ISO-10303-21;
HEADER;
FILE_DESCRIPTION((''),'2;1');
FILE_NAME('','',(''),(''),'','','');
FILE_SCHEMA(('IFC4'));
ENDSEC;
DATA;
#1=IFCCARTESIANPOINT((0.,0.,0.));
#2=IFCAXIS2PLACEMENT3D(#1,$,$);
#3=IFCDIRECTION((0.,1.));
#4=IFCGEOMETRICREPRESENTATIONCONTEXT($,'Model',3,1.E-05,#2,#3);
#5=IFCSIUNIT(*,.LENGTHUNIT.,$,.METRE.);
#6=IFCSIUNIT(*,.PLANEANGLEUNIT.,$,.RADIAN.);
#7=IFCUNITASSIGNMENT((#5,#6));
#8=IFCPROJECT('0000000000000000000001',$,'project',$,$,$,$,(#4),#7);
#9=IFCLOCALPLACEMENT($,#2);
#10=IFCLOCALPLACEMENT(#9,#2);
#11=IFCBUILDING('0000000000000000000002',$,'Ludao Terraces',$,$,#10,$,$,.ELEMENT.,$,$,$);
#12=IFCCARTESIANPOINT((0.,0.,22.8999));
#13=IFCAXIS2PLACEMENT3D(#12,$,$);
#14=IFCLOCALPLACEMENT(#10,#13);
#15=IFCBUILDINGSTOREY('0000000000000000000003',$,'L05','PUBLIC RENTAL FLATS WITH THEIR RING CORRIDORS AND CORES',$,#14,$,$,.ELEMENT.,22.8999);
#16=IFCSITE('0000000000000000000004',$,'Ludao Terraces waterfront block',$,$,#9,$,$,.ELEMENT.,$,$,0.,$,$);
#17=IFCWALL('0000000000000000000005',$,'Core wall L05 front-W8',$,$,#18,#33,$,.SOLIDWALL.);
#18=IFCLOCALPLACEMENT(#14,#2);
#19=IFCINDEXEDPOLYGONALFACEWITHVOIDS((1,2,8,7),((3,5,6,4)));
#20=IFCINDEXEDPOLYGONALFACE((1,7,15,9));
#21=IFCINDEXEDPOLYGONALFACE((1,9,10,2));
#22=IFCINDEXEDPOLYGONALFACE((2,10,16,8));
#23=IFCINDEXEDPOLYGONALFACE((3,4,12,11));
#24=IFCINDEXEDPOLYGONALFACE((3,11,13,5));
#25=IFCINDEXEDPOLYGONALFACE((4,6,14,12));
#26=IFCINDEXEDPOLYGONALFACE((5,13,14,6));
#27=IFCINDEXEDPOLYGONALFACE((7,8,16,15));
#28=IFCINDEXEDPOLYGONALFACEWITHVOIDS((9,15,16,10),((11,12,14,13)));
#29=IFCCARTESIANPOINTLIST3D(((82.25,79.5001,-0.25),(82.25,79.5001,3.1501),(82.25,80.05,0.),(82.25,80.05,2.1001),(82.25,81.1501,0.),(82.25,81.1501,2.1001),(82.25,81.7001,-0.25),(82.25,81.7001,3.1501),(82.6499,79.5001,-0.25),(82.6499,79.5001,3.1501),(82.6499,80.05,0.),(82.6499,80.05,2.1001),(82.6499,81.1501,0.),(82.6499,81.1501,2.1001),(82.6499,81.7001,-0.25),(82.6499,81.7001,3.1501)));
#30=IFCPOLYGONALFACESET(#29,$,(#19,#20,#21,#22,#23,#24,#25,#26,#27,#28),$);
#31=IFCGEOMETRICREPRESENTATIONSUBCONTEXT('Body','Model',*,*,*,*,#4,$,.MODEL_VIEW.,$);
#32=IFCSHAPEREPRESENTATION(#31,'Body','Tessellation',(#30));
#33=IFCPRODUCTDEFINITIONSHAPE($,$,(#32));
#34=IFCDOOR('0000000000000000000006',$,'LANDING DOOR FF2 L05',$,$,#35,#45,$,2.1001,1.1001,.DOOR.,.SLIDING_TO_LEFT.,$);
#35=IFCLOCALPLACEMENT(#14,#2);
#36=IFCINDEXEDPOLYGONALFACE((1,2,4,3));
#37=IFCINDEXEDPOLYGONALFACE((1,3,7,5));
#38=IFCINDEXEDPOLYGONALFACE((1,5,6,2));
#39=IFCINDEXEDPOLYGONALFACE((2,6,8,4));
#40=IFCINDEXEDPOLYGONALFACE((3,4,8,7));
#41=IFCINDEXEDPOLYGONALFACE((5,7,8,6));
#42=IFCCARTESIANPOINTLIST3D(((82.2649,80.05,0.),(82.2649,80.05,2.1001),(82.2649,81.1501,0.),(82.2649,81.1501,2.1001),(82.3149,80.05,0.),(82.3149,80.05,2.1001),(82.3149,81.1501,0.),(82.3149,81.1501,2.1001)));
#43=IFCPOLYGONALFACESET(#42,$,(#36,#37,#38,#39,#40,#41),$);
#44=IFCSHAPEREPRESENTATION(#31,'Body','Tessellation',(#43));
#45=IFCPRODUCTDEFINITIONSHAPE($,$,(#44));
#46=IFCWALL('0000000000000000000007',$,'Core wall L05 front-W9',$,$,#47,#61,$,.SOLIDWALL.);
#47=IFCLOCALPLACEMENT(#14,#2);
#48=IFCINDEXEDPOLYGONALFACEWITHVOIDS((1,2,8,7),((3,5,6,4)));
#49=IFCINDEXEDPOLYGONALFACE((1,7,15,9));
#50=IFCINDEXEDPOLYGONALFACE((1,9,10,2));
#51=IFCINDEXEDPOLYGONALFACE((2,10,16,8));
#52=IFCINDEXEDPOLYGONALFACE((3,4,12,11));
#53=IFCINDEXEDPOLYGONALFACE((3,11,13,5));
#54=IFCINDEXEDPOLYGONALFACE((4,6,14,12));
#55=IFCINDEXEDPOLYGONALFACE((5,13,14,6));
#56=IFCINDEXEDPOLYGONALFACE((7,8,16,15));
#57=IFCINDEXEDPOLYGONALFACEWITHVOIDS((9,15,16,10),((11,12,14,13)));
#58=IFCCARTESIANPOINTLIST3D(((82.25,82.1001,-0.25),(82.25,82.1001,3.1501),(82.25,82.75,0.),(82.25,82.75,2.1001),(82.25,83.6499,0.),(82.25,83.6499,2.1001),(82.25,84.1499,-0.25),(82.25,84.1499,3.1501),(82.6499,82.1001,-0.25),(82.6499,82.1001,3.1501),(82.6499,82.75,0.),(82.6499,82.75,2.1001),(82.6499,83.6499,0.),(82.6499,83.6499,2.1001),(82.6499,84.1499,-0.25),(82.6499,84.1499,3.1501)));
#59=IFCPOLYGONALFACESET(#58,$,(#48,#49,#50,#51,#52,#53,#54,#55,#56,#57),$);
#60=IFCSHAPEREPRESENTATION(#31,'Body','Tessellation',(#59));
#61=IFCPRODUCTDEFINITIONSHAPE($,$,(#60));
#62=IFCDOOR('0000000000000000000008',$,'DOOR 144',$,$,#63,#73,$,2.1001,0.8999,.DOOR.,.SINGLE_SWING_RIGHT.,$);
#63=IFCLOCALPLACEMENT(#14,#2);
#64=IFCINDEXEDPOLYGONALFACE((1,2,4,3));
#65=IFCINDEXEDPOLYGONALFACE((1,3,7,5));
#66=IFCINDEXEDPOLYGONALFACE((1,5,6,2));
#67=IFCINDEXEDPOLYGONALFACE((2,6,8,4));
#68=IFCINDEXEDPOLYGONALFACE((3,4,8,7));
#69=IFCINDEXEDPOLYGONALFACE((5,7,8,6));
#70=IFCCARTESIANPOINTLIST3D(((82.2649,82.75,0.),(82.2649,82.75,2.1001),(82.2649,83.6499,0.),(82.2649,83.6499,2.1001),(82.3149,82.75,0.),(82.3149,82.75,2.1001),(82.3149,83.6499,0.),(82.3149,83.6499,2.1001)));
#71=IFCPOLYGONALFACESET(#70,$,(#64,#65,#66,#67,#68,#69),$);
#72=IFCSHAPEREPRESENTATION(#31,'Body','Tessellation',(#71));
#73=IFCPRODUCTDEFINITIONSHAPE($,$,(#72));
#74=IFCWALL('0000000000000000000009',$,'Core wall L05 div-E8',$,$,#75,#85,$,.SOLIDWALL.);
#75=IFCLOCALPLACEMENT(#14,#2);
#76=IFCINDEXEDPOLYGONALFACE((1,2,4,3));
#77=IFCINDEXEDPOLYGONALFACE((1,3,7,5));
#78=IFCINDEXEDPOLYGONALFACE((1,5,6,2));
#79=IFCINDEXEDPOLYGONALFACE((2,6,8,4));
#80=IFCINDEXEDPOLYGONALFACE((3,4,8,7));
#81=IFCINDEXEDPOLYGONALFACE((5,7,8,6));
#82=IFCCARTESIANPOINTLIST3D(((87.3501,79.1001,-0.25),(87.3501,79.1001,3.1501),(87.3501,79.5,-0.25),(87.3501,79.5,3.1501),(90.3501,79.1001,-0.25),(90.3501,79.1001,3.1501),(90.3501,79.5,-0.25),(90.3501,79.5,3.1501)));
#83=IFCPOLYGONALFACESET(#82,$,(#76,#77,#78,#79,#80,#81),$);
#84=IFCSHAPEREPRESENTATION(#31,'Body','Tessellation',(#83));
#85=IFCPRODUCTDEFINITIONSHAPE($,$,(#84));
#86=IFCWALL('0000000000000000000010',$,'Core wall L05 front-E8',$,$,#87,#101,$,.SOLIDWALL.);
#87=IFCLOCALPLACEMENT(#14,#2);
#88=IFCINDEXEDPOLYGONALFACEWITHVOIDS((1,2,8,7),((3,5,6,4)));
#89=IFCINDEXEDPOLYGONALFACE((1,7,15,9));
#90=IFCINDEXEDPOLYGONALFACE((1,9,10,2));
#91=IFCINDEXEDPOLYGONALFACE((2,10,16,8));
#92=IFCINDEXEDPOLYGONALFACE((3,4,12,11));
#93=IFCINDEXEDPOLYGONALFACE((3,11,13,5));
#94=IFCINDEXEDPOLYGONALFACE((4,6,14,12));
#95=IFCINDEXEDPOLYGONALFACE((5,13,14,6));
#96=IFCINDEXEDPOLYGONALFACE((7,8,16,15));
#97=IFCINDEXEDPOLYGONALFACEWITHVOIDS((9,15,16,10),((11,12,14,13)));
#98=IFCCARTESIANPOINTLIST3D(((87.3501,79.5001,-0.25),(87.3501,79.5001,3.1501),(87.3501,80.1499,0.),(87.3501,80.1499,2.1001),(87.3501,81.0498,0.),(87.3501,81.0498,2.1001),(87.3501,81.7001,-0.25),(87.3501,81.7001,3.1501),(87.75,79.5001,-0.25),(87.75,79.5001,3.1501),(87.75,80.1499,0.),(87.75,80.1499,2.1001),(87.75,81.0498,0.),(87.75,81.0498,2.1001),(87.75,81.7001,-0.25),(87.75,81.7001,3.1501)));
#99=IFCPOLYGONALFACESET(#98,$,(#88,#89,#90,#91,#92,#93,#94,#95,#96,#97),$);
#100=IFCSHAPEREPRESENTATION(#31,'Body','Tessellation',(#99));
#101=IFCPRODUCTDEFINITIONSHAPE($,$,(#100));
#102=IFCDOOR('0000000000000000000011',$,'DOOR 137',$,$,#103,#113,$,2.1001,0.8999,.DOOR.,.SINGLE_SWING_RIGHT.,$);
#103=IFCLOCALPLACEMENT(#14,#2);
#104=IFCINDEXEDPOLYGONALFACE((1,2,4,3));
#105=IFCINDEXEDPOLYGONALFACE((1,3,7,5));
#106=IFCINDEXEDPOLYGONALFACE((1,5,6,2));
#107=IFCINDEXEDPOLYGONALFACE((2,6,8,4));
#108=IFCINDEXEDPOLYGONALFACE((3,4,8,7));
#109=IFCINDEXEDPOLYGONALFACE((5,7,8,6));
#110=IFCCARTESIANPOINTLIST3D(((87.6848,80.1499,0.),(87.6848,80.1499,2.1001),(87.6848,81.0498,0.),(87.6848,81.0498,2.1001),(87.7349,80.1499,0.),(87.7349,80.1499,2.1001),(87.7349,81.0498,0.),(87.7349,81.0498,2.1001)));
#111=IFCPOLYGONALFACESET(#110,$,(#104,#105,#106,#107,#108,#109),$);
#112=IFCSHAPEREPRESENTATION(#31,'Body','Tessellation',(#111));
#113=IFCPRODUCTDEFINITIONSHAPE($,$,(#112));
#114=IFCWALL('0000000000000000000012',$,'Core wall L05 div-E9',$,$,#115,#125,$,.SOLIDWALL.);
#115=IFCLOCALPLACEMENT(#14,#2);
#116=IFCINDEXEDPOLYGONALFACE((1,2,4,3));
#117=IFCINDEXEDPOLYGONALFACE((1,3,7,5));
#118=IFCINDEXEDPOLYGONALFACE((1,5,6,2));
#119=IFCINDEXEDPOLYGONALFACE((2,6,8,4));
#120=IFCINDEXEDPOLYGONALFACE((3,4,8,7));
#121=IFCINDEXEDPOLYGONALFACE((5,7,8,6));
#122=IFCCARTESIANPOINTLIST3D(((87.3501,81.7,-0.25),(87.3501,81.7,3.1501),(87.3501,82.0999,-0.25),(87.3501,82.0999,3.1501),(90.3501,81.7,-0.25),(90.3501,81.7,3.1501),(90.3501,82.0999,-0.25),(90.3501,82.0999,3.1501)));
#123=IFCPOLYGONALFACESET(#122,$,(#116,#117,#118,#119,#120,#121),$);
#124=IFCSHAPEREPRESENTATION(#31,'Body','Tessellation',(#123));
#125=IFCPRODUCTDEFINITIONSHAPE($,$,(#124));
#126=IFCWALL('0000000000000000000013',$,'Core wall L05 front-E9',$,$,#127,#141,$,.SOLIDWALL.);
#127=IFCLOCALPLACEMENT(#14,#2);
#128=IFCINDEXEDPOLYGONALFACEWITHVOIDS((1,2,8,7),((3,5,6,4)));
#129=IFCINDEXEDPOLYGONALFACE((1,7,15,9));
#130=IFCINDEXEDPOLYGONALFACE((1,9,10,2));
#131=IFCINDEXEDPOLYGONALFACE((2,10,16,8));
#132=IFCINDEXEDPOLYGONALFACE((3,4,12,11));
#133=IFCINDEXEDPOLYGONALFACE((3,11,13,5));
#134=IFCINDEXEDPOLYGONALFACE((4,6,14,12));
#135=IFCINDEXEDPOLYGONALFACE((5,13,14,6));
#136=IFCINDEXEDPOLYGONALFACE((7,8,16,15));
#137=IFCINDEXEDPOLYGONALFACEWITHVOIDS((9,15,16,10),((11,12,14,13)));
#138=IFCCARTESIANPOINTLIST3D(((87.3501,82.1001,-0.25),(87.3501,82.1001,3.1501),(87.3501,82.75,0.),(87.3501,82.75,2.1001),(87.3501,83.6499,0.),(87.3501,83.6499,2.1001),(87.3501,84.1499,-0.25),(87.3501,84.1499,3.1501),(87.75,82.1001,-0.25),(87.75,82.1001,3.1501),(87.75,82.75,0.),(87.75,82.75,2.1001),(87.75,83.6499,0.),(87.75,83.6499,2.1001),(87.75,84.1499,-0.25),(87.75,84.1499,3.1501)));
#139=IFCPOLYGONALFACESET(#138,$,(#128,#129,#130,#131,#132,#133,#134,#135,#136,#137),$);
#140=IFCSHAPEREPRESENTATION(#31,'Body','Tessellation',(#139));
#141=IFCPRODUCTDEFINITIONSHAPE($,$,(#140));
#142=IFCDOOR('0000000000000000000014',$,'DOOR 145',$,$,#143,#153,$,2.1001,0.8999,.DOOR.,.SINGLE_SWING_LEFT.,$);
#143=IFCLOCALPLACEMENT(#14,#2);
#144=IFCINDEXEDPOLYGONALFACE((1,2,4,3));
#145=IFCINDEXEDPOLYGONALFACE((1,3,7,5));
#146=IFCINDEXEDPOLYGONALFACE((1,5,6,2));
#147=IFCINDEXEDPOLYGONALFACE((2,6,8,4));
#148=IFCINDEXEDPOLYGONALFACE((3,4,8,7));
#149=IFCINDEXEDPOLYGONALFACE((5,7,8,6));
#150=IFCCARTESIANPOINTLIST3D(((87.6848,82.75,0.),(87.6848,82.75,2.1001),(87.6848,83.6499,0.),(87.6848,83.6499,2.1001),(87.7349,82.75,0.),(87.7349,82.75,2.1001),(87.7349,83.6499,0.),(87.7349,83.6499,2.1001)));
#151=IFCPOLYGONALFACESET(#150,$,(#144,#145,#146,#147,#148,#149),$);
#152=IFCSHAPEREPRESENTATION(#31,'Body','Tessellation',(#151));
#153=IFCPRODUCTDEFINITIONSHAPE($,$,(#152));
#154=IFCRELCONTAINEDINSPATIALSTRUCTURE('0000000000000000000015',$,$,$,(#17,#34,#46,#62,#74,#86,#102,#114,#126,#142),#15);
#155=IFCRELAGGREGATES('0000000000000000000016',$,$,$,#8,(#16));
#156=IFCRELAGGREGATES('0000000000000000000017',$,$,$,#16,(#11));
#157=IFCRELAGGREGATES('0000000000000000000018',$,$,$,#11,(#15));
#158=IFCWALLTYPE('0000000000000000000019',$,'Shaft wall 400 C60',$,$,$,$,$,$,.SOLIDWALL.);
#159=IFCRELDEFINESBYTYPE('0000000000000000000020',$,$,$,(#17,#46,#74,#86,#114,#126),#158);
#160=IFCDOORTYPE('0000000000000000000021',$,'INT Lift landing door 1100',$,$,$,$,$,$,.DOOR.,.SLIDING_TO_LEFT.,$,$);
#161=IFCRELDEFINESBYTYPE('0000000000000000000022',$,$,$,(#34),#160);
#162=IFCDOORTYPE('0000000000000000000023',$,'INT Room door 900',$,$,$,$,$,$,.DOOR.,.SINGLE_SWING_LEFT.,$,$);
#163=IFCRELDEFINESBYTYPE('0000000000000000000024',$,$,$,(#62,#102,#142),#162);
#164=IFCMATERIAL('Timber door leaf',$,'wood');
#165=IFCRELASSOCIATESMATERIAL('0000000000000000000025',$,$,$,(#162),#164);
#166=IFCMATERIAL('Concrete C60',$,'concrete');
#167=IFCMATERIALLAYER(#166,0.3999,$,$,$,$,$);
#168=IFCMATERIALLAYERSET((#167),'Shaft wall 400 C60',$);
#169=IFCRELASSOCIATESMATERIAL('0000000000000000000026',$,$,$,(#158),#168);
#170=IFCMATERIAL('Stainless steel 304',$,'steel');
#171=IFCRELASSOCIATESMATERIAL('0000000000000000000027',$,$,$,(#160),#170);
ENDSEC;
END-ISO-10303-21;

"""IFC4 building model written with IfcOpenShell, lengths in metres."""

from ifc_helpers import new_model, si_unit, direction, frame, frame_2d, origin, place, context, subcontext, project, spatial, rectangle, extrude, material, layer, layer_set, type_object, element, fill, save


model = new_model("IFC4")

# Units and contexts
model_context = context("Model", 3, precision=1e-05, world=origin(), true_north=direction((0.0, 1.0)))
body_context = subcontext(model_context, "Body", "Model", "MODEL_VIEW")
ifc_project = project(units=[si_unit("LENGTHUNIT", "METRE"), si_unit("PLANEANGLEUNIT", "RADIAN")], contexts=[model_context])

# Site, building, storey
site_placement = place(None, origin())
site = spatial("IfcSite", under=ifc_project, at=site_placement, Name="Ludao Terraces waterfront block", CompositionType="ELEMENT", RefElevation=0.0)
building_placement = place(site_placement, origin())
building = spatial("IfcBuilding", under=site, at=building_placement, Name="Ludao Terraces", CompositionType="ELEMENT")
storey_placement = place(building_placement, frame((0.0, 0.0, 22.8999)))
storey = spatial("IfcBuildingStorey", under=building, at=storey_placement, Name="L05", Description="PUBLIC RENTAL FLATS WITH THEIR RING CORRIDORS AND CORES", CompositionType="ELEMENT", Elevation=22.8999)

# Shared definitions
ifc_material_1 = material(Name="Concrete C60", Category="concrete")

# Shared definitions
ifc_material_2 = material(Name="Timber door leaf", Category="wood")
door_type_1 = type_object("IfcDoorType", Name="INT Room door 900", OperationType="SINGLE_SWING_LEFT", PredefinedType="DOOR", material=ifc_material_2)

# Walls, openings, doors
ifc_layer_1 = layer(ifc_material_1, 0.3999)
ifc_layer_set_1 = layer_set([ifc_layer_1], Name="Shaft wall 400 C60")
wall_type_1 = type_object("IfcWallType", Name="Shaft wall 400 C60", PredefinedType="SOLIDWALL", material=ifc_layer_set_1)
wall_1_placement = place(storey_placement, frame((82.45, 79.5, -0.25), z_axis=(0.0, 0.0, 1.0), x_axis=(0.0, 1.0, 0.0)))
wall_1 = element("IfcWall", 1, at=wall_1_placement, inside=storey, type_object=wall_type_1, Name="Core wall L05 front-W8", PredefinedType="SOLIDWALL", context=body_context, shape_type="SweptSolid", body=[
    extrude(rectangle(XDim=2.2, YDim=0.3999, at=frame_2d((1.1001, 0.0))), origin(), (0.0, 0.0, 1.0), 3.4001),
])
opening_1_placement = place(wall_1_placement, frame((0.55, 0.0, 0.25)))
opening_1 = element("IfcOpeningElement", 2, at=opening_1_placement, cuts=wall_1, PredefinedType="OPENING", context=body_context, shape_type="SweptSolid", body=[
    extrude(rectangle(XDim=1.1001, YDim=2.1001, at=frame_2d((0.55, 1.05))), frame((0.0, 0.21, 0.0), z_axis=(0.0, -1.0, 0.0), x_axis=(1.0, 0.0, 0.0)), (0.0, 0.0, 1.0), 0.4199),
])
ifc_material_3 = material(Name="Stainless steel 304", Category="steel")
door_type_2 = type_object("IfcDoorType", Name="INT Lift landing door 1100", OperationType="SLIDING_TO_LEFT", PredefinedType="DOOR", material=ifc_material_3)
door_1_placement = place(opening_1_placement, origin())
door_1 = element("IfcDoor", 3, at=door_1_placement, inside=storey, type_object=door_type_2, Name="LANDING DOOR FF2 L05", OperationType="SLIDING_TO_LEFT", OverallHeight=2.1001, OverallWidth=1.1001, PredefinedType="DOOR", context=body_context, shape_type="SweptSolid", body=[
    extrude(rectangle(XDim=1.1001, YDim=2.1001, at=frame_2d((0.55, 1.05))), frame((0.0, 0.1851, 0.0), z_axis=(0.0, -1.0, 0.0), x_axis=(1.0, 0.0, 0.0)), (0.0, 0.0, 1.0), 0.05),
])
fill(opening_1, door_1)
wall_2_placement = place(storey_placement, frame((82.45, 82.1001, -0.25), z_axis=(0.0, 0.0, 1.0), x_axis=(0.0, 1.0, 0.0)))
wall_2 = element("IfcWall", 4, at=wall_2_placement, inside=storey, type_object=wall_type_1, Name="Core wall L05 front-W9", PredefinedType="SOLIDWALL", context=body_context, shape_type="SweptSolid", body=[
    extrude(rectangle(XDim=2.0498, YDim=0.3999, at=frame_2d((1.0249, 0.0))), origin(), (0.0, 0.0, 1.0), 3.4001),
])
opening_2_placement = place(wall_2_placement, frame((0.6499, 0.0, 0.25)))
opening_2 = element("IfcOpeningElement", 5, at=opening_2_placement, cuts=wall_2, PredefinedType="OPENING", context=body_context, shape_type="SweptSolid", body=[
    extrude(rectangle(XDim=0.8999, YDim=2.1001, at=frame_2d((0.45, 1.05))), frame((0.0, 0.21, 0.0), z_axis=(0.0, -1.0, 0.0), x_axis=(1.0, 0.0, 0.0)), (0.0, 0.0, 1.0), 0.4199),
])
door_2_placement = place(opening_2_placement, origin())
door_2 = element("IfcDoor", 6, at=door_2_placement, inside=storey, type_object=door_type_1, Name="DOOR 144", OperationType="SINGLE_SWING_RIGHT", OverallHeight=2.1001, OverallWidth=0.8999, PredefinedType="DOOR", context=body_context, shape_type="SweptSolid", body=[
    extrude(rectangle(XDim=0.8999, YDim=2.1001, at=frame_2d((0.45, 1.05))), frame((0.0, 0.1851, 0.0), z_axis=(0.0, -1.0, 0.0), x_axis=(1.0, 0.0, 0.0)), (0.0, 0.0, 1.0), 0.05),
])
fill(opening_2, door_2)

# Wall
wall_3_placement = place(storey_placement, frame((87.3501, 79.3, -0.25), z_axis=(0.0, 0.0, 1.0), x_axis=(1.0, 0.0, 0.0)))
element("IfcWall", 7, at=wall_3_placement, inside=storey, type_object=wall_type_1, Name="Core wall L05 div-E8", PredefinedType="SOLIDWALL", context=body_context, shape_type="SweptSolid", body=[
    extrude(rectangle(XDim=3.0, YDim=0.3999, at=frame_2d((1.5, 0.0))), origin(), (0.0, 0.0, 1.0), 3.4001),
])

# Wall, opening, door
wall_4_placement = place(storey_placement, frame((87.55, 79.5, -0.25), z_axis=(0.0, 0.0, 1.0), x_axis=(0.0, 1.0, 0.0)))
wall_4 = element("IfcWall", 8, at=wall_4_placement, inside=storey, type_object=wall_type_1, Name="Core wall L05 front-E8", PredefinedType="SOLIDWALL", context=body_context, shape_type="SweptSolid", body=[
    extrude(rectangle(XDim=2.2, YDim=0.3999, at=frame_2d((1.1001, 0.0))), origin(), (0.0, 0.0, 1.0), 3.4001),
])
opening_3_placement = place(wall_4_placement, frame((0.6499, 0.0, 0.25)))
opening_3 = element("IfcOpeningElement", 9, at=opening_3_placement, cuts=wall_4, PredefinedType="OPENING", context=body_context, shape_type="SweptSolid", body=[
    extrude(rectangle(XDim=0.8999, YDim=2.1001, at=frame_2d((0.45, 1.05))), frame((0.0, 0.21, 0.0), z_axis=(0.0, -1.0, 0.0), x_axis=(1.0, 0.0, 0.0)), (0.0, 0.0, 1.0), 0.4199),
])
door_3_placement = place(opening_3_placement, origin())
door_3 = element("IfcDoor", 10, at=door_3_placement, inside=storey, type_object=door_type_1, Name="DOOR 137", OperationType="SINGLE_SWING_RIGHT", OverallHeight=2.1001, OverallWidth=0.8999, PredefinedType="DOOR", context=body_context, shape_type="SweptSolid", body=[
    extrude(rectangle(XDim=0.8999, YDim=2.1001, at=frame_2d((0.45, 1.05))), frame((0.0, -0.1348, 0.0), z_axis=(0.0, -1.0, 0.0), x_axis=(1.0, 0.0, 0.0)), (0.0, 0.0, 1.0), 0.05),
])
fill(opening_3, door_3)

# Wall
wall_5_placement = place(storey_placement, frame((87.3501, 81.8999, -0.25), z_axis=(0.0, 0.0, 1.0), x_axis=(1.0, 0.0, 0.0)))
element("IfcWall", 11, at=wall_5_placement, inside=storey, type_object=wall_type_1, Name="Core wall L05 div-E9", PredefinedType="SOLIDWALL", context=body_context, shape_type="SweptSolid", body=[
    extrude(rectangle(XDim=3.0, YDim=0.3999, at=frame_2d((1.5, 0.0))), origin(), (0.0, 0.0, 1.0), 3.4001),
])

# Wall, opening, door
wall_6_placement = place(storey_placement, frame((87.55, 82.1001, -0.25), z_axis=(0.0, 0.0, 1.0), x_axis=(0.0, 1.0, 0.0)))
wall_6 = element("IfcWall", 12, at=wall_6_placement, inside=storey, type_object=wall_type_1, Name="Core wall L05 front-E9", PredefinedType="SOLIDWALL", context=body_context, shape_type="SweptSolid", body=[
    extrude(rectangle(XDim=2.0498, YDim=0.3999, at=frame_2d((1.0249, 0.0))), origin(), (0.0, 0.0, 1.0), 3.4001),
])
opening_4_placement = place(wall_6_placement, frame((0.6499, 0.0, 0.25)))
opening_4 = element("IfcOpeningElement", 13, at=opening_4_placement, cuts=wall_6, PredefinedType="OPENING", context=body_context, shape_type="SweptSolid", body=[
    extrude(rectangle(XDim=0.8999, YDim=2.1001, at=frame_2d((0.45, 1.05))), frame((0.0, 0.21, 0.0), z_axis=(0.0, -1.0, 0.0), x_axis=(1.0, 0.0, 0.0)), (0.0, 0.0, 1.0), 0.4199),
])
door_4_placement = place(opening_4_placement, origin())
door_4 = element("IfcDoor", 14, at=door_4_placement, inside=storey, type_object=door_type_1, Name="DOOR 145", OperationType="SINGLE_SWING_LEFT", OverallHeight=2.1001, OverallWidth=0.8999, PredefinedType="DOOR", context=body_context, shape_type="SweptSolid", body=[
    extrude(rectangle(XDim=0.8999, YDim=2.1001, at=frame_2d((0.45, 1.05))), frame((0.0, -0.1348, 0.0), z_axis=(0.0, -1.0, 0.0), x_axis=(1.0, 0.0, 0.0)), (0.0, 0.0, 1.0), 0.05),
])
fill(opening_4, door_4)

save(model, "model.ifc")
